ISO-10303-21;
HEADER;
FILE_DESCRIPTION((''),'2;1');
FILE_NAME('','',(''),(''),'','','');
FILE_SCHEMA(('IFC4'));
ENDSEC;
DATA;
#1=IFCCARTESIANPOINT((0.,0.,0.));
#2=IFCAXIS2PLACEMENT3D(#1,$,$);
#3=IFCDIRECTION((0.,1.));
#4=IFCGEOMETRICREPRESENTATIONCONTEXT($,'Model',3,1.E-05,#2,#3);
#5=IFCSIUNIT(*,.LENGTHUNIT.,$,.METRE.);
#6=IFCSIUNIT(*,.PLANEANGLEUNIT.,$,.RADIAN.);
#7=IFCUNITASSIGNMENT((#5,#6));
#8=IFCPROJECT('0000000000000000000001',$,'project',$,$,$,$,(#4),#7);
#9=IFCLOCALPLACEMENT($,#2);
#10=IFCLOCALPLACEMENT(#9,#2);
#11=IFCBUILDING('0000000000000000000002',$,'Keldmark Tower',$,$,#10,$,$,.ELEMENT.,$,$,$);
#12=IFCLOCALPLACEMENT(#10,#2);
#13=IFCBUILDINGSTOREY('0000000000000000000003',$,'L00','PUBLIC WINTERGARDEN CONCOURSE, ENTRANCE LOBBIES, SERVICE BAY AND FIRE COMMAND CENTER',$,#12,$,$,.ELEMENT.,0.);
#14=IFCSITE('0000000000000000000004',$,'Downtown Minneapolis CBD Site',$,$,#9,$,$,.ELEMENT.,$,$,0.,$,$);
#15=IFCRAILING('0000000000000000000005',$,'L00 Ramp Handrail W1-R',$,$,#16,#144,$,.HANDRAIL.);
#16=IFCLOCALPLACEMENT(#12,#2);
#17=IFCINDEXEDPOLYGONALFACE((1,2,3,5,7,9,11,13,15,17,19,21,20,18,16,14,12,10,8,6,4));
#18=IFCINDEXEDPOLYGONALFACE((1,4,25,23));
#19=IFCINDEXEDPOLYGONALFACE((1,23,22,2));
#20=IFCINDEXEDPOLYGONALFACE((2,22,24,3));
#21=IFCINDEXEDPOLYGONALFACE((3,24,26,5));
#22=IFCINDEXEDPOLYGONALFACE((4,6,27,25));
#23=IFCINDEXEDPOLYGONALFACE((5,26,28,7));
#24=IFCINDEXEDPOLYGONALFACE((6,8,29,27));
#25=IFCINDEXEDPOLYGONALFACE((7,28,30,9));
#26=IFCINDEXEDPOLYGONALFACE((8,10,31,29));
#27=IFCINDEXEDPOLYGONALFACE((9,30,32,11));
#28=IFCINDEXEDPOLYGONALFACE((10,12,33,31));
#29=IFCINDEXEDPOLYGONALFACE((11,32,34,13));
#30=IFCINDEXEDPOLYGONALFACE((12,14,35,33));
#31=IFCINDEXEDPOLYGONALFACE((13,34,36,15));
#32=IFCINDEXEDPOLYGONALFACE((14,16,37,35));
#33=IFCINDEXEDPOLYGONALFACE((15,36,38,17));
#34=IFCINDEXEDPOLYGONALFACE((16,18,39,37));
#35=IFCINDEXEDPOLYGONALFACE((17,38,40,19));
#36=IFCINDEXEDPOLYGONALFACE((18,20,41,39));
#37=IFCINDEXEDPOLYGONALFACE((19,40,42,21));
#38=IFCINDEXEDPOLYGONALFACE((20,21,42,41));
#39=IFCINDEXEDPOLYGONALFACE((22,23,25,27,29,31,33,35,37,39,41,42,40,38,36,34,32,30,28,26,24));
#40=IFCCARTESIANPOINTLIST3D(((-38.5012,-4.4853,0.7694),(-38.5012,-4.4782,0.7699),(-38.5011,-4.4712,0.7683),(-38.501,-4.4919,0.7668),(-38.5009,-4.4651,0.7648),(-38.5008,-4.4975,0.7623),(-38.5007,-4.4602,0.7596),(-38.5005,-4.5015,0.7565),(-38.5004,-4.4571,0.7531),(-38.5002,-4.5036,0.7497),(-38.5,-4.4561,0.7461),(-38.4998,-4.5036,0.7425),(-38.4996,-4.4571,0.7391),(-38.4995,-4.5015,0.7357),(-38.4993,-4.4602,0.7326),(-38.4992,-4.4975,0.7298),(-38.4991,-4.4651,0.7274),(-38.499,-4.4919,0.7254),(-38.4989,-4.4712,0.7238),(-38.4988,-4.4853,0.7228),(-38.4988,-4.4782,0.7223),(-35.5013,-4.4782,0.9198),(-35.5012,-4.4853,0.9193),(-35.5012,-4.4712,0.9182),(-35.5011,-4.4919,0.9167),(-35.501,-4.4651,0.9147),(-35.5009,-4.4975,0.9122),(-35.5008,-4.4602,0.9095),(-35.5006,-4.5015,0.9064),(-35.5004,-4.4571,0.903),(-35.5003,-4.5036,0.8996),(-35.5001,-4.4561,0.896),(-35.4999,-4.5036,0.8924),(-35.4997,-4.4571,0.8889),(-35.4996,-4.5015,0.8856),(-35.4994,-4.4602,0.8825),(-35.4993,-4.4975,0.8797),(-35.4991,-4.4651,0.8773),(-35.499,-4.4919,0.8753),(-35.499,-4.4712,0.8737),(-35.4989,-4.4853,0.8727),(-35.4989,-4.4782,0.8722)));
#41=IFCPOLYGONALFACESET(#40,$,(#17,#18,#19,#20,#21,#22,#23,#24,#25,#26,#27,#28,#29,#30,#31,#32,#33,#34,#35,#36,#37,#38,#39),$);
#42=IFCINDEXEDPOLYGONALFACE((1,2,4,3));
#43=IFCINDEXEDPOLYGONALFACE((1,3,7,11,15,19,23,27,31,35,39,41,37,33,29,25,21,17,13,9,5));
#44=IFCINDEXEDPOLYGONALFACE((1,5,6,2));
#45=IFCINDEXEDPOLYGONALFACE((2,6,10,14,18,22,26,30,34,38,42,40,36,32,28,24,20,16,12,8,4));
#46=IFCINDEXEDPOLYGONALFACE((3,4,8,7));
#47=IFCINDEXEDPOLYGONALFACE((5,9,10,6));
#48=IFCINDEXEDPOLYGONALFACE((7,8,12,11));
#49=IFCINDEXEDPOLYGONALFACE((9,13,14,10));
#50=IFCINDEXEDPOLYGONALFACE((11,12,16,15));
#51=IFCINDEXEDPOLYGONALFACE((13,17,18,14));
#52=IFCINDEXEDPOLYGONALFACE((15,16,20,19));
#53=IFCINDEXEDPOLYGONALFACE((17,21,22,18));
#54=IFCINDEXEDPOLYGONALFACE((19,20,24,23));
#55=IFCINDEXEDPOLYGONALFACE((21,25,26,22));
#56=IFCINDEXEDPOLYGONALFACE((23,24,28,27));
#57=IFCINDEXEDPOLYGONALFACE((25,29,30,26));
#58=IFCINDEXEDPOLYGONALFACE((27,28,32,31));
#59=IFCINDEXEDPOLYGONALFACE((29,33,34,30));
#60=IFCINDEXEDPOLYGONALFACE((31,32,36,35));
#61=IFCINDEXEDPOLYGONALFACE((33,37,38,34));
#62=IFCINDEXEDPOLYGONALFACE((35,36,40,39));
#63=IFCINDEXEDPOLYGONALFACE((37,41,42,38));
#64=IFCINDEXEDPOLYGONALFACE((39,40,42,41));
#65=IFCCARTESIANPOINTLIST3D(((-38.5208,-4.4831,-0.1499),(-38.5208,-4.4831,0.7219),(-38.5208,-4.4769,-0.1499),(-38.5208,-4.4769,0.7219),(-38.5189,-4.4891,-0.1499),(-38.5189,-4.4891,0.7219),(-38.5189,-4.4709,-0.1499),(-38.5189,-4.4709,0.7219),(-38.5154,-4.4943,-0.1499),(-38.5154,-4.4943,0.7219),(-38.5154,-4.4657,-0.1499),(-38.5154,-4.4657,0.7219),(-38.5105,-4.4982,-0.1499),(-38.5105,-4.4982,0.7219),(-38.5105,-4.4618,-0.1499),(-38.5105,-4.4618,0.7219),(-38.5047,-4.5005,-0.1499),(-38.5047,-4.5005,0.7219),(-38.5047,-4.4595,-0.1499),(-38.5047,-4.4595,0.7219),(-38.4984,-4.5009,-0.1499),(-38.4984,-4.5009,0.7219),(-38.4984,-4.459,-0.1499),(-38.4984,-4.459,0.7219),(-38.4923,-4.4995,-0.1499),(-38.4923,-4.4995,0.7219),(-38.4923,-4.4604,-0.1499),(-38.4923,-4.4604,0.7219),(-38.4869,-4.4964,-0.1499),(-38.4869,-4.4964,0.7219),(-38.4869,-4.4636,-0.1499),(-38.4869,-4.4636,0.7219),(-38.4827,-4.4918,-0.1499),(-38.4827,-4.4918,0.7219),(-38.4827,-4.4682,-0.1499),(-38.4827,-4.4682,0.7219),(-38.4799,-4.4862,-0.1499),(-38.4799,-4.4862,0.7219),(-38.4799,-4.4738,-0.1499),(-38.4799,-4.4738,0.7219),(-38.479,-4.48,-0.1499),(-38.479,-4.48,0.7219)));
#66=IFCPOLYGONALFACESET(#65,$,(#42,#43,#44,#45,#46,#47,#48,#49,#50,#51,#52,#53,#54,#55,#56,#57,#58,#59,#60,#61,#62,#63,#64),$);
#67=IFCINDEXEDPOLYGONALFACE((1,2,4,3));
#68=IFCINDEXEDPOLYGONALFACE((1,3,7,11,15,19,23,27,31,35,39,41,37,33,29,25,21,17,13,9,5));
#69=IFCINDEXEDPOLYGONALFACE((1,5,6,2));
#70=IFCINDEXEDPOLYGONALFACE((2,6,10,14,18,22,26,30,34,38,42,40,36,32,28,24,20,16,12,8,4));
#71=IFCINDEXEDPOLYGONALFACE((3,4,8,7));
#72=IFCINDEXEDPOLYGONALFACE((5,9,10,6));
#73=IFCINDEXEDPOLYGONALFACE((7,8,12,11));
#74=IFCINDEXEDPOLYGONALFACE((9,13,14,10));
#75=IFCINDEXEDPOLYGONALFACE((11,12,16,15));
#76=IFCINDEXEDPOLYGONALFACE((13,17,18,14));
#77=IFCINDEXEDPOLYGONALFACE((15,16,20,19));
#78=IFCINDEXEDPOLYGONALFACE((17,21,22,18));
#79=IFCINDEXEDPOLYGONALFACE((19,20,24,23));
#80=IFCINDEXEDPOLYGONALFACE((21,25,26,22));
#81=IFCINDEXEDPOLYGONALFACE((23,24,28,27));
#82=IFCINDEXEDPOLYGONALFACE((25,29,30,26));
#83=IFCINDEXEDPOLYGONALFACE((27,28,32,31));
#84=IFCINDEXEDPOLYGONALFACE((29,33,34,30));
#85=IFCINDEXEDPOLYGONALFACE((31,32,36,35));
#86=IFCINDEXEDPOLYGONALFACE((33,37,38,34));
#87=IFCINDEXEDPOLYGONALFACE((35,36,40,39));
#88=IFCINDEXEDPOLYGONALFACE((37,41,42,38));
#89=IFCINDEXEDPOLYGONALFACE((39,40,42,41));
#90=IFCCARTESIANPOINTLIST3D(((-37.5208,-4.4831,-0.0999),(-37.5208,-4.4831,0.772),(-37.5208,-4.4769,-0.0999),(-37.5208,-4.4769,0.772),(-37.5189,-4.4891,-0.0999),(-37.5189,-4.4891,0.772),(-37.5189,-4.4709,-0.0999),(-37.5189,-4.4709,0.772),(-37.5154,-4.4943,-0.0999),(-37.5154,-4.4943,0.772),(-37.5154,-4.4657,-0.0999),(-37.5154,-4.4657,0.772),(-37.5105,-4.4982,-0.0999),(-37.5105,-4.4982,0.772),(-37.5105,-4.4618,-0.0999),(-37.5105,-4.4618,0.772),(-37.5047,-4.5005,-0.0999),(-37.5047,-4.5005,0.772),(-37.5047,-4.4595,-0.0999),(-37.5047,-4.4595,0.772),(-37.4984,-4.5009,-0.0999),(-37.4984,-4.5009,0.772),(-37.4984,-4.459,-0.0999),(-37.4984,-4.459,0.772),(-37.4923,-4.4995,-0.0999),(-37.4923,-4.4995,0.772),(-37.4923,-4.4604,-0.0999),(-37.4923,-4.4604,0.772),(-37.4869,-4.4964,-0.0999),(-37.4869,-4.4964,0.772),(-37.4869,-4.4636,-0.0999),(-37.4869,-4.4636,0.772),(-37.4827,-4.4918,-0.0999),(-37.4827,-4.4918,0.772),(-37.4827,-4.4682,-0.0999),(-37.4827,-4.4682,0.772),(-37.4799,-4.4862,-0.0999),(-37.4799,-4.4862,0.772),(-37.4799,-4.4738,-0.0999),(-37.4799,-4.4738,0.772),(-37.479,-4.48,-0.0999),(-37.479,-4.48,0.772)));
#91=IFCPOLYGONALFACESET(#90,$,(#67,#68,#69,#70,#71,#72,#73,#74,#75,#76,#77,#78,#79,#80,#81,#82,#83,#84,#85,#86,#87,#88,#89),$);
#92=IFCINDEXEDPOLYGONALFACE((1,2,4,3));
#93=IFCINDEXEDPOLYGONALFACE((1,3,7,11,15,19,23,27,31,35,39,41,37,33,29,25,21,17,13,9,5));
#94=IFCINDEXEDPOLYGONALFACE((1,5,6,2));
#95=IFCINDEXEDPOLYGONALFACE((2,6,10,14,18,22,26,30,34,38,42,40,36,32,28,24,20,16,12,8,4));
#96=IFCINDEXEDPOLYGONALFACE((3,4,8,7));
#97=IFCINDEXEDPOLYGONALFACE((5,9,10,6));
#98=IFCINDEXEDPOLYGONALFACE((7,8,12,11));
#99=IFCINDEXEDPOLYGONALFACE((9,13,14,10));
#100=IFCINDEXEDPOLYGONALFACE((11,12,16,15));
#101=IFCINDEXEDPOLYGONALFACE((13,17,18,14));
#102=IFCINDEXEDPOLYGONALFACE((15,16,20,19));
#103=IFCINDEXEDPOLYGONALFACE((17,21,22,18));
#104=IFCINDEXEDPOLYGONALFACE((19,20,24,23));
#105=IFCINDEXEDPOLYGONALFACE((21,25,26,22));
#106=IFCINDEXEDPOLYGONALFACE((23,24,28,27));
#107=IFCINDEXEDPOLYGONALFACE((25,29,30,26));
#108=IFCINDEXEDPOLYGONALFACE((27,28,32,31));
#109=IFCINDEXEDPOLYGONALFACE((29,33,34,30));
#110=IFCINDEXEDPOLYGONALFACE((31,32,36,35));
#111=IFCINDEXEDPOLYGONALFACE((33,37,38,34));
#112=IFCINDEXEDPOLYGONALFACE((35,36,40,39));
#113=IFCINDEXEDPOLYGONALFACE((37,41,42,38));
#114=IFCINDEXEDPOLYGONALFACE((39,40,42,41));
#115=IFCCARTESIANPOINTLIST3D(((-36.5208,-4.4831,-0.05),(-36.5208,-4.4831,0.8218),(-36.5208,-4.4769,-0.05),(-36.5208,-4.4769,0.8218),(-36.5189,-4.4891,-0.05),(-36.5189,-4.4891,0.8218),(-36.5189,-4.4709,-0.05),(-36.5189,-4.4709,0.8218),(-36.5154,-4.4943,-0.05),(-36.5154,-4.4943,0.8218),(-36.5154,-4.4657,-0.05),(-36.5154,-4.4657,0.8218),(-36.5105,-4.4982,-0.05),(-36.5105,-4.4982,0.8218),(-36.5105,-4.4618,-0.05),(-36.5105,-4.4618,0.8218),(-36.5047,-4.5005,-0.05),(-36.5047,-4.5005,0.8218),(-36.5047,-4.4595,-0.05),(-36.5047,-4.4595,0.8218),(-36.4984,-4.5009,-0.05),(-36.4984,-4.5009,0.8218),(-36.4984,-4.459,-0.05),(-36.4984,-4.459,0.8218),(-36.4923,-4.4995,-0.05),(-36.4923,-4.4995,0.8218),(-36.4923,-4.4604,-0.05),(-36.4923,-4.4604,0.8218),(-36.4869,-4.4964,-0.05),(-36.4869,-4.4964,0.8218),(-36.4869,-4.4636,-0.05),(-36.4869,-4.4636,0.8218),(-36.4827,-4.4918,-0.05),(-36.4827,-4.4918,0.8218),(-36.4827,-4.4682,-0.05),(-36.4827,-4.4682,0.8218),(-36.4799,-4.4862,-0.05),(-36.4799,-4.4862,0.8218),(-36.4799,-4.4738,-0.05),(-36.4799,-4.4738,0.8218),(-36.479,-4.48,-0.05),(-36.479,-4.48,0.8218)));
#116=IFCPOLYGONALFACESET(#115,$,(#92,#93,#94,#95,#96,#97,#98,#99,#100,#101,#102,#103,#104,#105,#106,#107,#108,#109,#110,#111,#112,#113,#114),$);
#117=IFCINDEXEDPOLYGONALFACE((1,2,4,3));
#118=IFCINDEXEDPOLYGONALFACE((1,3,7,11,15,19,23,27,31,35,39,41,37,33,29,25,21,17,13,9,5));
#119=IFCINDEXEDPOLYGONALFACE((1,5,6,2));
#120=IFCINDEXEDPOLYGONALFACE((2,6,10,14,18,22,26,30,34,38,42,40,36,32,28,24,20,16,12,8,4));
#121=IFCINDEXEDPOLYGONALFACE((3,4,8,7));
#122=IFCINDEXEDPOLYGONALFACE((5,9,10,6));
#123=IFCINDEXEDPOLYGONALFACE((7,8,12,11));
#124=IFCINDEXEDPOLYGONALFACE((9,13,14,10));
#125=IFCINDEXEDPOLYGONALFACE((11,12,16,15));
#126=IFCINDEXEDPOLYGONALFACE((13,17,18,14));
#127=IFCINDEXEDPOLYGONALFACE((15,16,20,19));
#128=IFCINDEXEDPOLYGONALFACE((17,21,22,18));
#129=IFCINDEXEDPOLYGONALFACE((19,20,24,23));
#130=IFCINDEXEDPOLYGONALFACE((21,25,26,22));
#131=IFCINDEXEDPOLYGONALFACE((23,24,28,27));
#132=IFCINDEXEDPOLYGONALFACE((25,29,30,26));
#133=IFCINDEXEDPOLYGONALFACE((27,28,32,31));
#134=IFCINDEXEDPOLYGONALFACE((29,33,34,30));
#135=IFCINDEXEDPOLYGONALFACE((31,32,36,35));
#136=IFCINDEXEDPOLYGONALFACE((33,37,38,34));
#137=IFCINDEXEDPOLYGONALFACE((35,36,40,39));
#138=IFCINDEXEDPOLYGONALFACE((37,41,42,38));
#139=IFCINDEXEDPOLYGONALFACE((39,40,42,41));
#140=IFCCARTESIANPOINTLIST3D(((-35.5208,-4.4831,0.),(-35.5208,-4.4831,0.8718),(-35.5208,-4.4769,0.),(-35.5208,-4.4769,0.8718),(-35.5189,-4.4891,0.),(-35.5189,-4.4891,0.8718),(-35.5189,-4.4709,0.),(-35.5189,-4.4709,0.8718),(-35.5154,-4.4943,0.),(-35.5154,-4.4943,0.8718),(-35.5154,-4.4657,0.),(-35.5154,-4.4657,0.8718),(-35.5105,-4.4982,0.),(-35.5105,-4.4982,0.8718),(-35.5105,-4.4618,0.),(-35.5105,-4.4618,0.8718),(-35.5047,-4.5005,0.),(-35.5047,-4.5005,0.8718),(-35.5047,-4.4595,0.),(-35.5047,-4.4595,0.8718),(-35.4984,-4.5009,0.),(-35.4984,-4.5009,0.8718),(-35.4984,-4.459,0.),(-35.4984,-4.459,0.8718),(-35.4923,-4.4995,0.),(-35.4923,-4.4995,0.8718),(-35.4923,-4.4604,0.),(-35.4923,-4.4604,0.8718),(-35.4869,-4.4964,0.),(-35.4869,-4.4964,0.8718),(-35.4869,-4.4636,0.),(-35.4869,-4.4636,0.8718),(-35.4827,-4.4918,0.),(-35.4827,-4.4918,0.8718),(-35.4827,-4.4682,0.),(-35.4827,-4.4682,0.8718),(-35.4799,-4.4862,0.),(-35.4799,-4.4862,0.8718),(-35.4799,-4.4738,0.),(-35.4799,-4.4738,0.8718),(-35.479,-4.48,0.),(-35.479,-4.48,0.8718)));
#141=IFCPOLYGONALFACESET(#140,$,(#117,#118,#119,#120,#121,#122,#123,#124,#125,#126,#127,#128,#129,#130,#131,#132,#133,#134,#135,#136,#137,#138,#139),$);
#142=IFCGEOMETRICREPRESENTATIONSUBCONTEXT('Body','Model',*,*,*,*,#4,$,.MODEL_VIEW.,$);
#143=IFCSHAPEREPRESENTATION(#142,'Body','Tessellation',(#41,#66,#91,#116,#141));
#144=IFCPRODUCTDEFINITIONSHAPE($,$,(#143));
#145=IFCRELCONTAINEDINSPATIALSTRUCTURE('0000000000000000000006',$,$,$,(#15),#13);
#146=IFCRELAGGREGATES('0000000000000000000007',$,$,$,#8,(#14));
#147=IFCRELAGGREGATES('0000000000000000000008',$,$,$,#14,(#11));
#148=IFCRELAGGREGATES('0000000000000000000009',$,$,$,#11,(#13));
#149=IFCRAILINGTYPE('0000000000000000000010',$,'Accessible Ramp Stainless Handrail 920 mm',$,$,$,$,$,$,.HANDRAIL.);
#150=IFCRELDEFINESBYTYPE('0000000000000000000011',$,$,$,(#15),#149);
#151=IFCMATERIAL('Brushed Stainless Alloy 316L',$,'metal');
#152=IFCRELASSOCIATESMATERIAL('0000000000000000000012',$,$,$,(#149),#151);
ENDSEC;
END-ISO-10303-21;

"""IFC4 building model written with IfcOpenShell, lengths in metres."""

from ifc_helpers import new_model, si_unit, direction, frame, origin, origin_2d, place, context, subcontext, project, spatial, circle, extrude, material, type_object, element, save


model = new_model("IFC4")

# Units and contexts
model_context = context("Model", 3, precision=1e-05, world=origin(), true_north=direction((0.0, 1.0)))
body_context = subcontext(model_context, "Body", "Model", "MODEL_VIEW")
ifc_project = project(units=[si_unit("LENGTHUNIT", "METRE"), si_unit("PLANEANGLEUNIT", "RADIAN")], contexts=[model_context])

# Site, building, storey
site_placement = place(None, origin())
site = spatial("IfcSite", under=ifc_project, at=site_placement, Name="Downtown Minneapolis CBD Site", CompositionType="ELEMENT", RefElevation=0.0)
building_placement = place(site_placement, origin())
building = spatial("IfcBuilding", under=site, at=building_placement, Name="Keldmark Tower", CompositionType="ELEMENT")
storey_placement = place(building_placement, origin())
storey = spatial("IfcBuildingStorey", under=building, at=storey_placement, Name="L00", Description="PUBLIC WINTERGARDEN CONCOURSE, ENTRANCE LOBBIES, SERVICE BAY AND FIRE COMMAND CENTER", CompositionType="ELEMENT", Elevation=0.0)

# Railing
ifc_material_1 = material(Name="Brushed Stainless Alloy 316L", Category="metal")
railing_type = type_object("IfcRailingType", Name="Accessible Ramp Stainless Handrail 920 mm", PredefinedType="HANDRAIL", material=ifc_material_1)
for number, where, name in (
    (1, (-38.5, -4.48, -0.1499), "L00 Ramp Handrail W1-R"),
):
    element("IfcRailing", number, at=place(storey_placement, frame(where)), inside=storey, type_object=railing_type, Name=name, PredefinedType="HANDRAIL", context=body_context, shape_type="SweptSolid", body=[
        extrude(circle(Radius=0.0239, at=origin_2d()), frame((0.0, 0.0, 0.896), z_axis=(0.998754, 0.0, 0.049905), x_axis=(0.0, 1.0, 0.0)), (0.0, 0.0, 1.0), 3.0037),
        extrude(circle(Radius=0.021, at=origin_2d()), origin(), (0.0, 0.0, 1.0), 0.8718),
        extrude(circle(Radius=0.021, at=origin_2d()), frame((1.0, 0.0, 0.05)), (0.0, 0.0, 1.0), 0.8718),
        extrude(circle(Radius=0.021, at=origin_2d()), frame((2.0, 0.0, 0.0999)), (0.0, 0.0, 1.0), 0.8718),
        extrude(circle(Radius=0.021, at=origin_2d()), frame((3.0, 0.0, 0.1499)), (0.0, 0.0, 1.0), 0.8718),
    ])

save(model, "model.ifc")
